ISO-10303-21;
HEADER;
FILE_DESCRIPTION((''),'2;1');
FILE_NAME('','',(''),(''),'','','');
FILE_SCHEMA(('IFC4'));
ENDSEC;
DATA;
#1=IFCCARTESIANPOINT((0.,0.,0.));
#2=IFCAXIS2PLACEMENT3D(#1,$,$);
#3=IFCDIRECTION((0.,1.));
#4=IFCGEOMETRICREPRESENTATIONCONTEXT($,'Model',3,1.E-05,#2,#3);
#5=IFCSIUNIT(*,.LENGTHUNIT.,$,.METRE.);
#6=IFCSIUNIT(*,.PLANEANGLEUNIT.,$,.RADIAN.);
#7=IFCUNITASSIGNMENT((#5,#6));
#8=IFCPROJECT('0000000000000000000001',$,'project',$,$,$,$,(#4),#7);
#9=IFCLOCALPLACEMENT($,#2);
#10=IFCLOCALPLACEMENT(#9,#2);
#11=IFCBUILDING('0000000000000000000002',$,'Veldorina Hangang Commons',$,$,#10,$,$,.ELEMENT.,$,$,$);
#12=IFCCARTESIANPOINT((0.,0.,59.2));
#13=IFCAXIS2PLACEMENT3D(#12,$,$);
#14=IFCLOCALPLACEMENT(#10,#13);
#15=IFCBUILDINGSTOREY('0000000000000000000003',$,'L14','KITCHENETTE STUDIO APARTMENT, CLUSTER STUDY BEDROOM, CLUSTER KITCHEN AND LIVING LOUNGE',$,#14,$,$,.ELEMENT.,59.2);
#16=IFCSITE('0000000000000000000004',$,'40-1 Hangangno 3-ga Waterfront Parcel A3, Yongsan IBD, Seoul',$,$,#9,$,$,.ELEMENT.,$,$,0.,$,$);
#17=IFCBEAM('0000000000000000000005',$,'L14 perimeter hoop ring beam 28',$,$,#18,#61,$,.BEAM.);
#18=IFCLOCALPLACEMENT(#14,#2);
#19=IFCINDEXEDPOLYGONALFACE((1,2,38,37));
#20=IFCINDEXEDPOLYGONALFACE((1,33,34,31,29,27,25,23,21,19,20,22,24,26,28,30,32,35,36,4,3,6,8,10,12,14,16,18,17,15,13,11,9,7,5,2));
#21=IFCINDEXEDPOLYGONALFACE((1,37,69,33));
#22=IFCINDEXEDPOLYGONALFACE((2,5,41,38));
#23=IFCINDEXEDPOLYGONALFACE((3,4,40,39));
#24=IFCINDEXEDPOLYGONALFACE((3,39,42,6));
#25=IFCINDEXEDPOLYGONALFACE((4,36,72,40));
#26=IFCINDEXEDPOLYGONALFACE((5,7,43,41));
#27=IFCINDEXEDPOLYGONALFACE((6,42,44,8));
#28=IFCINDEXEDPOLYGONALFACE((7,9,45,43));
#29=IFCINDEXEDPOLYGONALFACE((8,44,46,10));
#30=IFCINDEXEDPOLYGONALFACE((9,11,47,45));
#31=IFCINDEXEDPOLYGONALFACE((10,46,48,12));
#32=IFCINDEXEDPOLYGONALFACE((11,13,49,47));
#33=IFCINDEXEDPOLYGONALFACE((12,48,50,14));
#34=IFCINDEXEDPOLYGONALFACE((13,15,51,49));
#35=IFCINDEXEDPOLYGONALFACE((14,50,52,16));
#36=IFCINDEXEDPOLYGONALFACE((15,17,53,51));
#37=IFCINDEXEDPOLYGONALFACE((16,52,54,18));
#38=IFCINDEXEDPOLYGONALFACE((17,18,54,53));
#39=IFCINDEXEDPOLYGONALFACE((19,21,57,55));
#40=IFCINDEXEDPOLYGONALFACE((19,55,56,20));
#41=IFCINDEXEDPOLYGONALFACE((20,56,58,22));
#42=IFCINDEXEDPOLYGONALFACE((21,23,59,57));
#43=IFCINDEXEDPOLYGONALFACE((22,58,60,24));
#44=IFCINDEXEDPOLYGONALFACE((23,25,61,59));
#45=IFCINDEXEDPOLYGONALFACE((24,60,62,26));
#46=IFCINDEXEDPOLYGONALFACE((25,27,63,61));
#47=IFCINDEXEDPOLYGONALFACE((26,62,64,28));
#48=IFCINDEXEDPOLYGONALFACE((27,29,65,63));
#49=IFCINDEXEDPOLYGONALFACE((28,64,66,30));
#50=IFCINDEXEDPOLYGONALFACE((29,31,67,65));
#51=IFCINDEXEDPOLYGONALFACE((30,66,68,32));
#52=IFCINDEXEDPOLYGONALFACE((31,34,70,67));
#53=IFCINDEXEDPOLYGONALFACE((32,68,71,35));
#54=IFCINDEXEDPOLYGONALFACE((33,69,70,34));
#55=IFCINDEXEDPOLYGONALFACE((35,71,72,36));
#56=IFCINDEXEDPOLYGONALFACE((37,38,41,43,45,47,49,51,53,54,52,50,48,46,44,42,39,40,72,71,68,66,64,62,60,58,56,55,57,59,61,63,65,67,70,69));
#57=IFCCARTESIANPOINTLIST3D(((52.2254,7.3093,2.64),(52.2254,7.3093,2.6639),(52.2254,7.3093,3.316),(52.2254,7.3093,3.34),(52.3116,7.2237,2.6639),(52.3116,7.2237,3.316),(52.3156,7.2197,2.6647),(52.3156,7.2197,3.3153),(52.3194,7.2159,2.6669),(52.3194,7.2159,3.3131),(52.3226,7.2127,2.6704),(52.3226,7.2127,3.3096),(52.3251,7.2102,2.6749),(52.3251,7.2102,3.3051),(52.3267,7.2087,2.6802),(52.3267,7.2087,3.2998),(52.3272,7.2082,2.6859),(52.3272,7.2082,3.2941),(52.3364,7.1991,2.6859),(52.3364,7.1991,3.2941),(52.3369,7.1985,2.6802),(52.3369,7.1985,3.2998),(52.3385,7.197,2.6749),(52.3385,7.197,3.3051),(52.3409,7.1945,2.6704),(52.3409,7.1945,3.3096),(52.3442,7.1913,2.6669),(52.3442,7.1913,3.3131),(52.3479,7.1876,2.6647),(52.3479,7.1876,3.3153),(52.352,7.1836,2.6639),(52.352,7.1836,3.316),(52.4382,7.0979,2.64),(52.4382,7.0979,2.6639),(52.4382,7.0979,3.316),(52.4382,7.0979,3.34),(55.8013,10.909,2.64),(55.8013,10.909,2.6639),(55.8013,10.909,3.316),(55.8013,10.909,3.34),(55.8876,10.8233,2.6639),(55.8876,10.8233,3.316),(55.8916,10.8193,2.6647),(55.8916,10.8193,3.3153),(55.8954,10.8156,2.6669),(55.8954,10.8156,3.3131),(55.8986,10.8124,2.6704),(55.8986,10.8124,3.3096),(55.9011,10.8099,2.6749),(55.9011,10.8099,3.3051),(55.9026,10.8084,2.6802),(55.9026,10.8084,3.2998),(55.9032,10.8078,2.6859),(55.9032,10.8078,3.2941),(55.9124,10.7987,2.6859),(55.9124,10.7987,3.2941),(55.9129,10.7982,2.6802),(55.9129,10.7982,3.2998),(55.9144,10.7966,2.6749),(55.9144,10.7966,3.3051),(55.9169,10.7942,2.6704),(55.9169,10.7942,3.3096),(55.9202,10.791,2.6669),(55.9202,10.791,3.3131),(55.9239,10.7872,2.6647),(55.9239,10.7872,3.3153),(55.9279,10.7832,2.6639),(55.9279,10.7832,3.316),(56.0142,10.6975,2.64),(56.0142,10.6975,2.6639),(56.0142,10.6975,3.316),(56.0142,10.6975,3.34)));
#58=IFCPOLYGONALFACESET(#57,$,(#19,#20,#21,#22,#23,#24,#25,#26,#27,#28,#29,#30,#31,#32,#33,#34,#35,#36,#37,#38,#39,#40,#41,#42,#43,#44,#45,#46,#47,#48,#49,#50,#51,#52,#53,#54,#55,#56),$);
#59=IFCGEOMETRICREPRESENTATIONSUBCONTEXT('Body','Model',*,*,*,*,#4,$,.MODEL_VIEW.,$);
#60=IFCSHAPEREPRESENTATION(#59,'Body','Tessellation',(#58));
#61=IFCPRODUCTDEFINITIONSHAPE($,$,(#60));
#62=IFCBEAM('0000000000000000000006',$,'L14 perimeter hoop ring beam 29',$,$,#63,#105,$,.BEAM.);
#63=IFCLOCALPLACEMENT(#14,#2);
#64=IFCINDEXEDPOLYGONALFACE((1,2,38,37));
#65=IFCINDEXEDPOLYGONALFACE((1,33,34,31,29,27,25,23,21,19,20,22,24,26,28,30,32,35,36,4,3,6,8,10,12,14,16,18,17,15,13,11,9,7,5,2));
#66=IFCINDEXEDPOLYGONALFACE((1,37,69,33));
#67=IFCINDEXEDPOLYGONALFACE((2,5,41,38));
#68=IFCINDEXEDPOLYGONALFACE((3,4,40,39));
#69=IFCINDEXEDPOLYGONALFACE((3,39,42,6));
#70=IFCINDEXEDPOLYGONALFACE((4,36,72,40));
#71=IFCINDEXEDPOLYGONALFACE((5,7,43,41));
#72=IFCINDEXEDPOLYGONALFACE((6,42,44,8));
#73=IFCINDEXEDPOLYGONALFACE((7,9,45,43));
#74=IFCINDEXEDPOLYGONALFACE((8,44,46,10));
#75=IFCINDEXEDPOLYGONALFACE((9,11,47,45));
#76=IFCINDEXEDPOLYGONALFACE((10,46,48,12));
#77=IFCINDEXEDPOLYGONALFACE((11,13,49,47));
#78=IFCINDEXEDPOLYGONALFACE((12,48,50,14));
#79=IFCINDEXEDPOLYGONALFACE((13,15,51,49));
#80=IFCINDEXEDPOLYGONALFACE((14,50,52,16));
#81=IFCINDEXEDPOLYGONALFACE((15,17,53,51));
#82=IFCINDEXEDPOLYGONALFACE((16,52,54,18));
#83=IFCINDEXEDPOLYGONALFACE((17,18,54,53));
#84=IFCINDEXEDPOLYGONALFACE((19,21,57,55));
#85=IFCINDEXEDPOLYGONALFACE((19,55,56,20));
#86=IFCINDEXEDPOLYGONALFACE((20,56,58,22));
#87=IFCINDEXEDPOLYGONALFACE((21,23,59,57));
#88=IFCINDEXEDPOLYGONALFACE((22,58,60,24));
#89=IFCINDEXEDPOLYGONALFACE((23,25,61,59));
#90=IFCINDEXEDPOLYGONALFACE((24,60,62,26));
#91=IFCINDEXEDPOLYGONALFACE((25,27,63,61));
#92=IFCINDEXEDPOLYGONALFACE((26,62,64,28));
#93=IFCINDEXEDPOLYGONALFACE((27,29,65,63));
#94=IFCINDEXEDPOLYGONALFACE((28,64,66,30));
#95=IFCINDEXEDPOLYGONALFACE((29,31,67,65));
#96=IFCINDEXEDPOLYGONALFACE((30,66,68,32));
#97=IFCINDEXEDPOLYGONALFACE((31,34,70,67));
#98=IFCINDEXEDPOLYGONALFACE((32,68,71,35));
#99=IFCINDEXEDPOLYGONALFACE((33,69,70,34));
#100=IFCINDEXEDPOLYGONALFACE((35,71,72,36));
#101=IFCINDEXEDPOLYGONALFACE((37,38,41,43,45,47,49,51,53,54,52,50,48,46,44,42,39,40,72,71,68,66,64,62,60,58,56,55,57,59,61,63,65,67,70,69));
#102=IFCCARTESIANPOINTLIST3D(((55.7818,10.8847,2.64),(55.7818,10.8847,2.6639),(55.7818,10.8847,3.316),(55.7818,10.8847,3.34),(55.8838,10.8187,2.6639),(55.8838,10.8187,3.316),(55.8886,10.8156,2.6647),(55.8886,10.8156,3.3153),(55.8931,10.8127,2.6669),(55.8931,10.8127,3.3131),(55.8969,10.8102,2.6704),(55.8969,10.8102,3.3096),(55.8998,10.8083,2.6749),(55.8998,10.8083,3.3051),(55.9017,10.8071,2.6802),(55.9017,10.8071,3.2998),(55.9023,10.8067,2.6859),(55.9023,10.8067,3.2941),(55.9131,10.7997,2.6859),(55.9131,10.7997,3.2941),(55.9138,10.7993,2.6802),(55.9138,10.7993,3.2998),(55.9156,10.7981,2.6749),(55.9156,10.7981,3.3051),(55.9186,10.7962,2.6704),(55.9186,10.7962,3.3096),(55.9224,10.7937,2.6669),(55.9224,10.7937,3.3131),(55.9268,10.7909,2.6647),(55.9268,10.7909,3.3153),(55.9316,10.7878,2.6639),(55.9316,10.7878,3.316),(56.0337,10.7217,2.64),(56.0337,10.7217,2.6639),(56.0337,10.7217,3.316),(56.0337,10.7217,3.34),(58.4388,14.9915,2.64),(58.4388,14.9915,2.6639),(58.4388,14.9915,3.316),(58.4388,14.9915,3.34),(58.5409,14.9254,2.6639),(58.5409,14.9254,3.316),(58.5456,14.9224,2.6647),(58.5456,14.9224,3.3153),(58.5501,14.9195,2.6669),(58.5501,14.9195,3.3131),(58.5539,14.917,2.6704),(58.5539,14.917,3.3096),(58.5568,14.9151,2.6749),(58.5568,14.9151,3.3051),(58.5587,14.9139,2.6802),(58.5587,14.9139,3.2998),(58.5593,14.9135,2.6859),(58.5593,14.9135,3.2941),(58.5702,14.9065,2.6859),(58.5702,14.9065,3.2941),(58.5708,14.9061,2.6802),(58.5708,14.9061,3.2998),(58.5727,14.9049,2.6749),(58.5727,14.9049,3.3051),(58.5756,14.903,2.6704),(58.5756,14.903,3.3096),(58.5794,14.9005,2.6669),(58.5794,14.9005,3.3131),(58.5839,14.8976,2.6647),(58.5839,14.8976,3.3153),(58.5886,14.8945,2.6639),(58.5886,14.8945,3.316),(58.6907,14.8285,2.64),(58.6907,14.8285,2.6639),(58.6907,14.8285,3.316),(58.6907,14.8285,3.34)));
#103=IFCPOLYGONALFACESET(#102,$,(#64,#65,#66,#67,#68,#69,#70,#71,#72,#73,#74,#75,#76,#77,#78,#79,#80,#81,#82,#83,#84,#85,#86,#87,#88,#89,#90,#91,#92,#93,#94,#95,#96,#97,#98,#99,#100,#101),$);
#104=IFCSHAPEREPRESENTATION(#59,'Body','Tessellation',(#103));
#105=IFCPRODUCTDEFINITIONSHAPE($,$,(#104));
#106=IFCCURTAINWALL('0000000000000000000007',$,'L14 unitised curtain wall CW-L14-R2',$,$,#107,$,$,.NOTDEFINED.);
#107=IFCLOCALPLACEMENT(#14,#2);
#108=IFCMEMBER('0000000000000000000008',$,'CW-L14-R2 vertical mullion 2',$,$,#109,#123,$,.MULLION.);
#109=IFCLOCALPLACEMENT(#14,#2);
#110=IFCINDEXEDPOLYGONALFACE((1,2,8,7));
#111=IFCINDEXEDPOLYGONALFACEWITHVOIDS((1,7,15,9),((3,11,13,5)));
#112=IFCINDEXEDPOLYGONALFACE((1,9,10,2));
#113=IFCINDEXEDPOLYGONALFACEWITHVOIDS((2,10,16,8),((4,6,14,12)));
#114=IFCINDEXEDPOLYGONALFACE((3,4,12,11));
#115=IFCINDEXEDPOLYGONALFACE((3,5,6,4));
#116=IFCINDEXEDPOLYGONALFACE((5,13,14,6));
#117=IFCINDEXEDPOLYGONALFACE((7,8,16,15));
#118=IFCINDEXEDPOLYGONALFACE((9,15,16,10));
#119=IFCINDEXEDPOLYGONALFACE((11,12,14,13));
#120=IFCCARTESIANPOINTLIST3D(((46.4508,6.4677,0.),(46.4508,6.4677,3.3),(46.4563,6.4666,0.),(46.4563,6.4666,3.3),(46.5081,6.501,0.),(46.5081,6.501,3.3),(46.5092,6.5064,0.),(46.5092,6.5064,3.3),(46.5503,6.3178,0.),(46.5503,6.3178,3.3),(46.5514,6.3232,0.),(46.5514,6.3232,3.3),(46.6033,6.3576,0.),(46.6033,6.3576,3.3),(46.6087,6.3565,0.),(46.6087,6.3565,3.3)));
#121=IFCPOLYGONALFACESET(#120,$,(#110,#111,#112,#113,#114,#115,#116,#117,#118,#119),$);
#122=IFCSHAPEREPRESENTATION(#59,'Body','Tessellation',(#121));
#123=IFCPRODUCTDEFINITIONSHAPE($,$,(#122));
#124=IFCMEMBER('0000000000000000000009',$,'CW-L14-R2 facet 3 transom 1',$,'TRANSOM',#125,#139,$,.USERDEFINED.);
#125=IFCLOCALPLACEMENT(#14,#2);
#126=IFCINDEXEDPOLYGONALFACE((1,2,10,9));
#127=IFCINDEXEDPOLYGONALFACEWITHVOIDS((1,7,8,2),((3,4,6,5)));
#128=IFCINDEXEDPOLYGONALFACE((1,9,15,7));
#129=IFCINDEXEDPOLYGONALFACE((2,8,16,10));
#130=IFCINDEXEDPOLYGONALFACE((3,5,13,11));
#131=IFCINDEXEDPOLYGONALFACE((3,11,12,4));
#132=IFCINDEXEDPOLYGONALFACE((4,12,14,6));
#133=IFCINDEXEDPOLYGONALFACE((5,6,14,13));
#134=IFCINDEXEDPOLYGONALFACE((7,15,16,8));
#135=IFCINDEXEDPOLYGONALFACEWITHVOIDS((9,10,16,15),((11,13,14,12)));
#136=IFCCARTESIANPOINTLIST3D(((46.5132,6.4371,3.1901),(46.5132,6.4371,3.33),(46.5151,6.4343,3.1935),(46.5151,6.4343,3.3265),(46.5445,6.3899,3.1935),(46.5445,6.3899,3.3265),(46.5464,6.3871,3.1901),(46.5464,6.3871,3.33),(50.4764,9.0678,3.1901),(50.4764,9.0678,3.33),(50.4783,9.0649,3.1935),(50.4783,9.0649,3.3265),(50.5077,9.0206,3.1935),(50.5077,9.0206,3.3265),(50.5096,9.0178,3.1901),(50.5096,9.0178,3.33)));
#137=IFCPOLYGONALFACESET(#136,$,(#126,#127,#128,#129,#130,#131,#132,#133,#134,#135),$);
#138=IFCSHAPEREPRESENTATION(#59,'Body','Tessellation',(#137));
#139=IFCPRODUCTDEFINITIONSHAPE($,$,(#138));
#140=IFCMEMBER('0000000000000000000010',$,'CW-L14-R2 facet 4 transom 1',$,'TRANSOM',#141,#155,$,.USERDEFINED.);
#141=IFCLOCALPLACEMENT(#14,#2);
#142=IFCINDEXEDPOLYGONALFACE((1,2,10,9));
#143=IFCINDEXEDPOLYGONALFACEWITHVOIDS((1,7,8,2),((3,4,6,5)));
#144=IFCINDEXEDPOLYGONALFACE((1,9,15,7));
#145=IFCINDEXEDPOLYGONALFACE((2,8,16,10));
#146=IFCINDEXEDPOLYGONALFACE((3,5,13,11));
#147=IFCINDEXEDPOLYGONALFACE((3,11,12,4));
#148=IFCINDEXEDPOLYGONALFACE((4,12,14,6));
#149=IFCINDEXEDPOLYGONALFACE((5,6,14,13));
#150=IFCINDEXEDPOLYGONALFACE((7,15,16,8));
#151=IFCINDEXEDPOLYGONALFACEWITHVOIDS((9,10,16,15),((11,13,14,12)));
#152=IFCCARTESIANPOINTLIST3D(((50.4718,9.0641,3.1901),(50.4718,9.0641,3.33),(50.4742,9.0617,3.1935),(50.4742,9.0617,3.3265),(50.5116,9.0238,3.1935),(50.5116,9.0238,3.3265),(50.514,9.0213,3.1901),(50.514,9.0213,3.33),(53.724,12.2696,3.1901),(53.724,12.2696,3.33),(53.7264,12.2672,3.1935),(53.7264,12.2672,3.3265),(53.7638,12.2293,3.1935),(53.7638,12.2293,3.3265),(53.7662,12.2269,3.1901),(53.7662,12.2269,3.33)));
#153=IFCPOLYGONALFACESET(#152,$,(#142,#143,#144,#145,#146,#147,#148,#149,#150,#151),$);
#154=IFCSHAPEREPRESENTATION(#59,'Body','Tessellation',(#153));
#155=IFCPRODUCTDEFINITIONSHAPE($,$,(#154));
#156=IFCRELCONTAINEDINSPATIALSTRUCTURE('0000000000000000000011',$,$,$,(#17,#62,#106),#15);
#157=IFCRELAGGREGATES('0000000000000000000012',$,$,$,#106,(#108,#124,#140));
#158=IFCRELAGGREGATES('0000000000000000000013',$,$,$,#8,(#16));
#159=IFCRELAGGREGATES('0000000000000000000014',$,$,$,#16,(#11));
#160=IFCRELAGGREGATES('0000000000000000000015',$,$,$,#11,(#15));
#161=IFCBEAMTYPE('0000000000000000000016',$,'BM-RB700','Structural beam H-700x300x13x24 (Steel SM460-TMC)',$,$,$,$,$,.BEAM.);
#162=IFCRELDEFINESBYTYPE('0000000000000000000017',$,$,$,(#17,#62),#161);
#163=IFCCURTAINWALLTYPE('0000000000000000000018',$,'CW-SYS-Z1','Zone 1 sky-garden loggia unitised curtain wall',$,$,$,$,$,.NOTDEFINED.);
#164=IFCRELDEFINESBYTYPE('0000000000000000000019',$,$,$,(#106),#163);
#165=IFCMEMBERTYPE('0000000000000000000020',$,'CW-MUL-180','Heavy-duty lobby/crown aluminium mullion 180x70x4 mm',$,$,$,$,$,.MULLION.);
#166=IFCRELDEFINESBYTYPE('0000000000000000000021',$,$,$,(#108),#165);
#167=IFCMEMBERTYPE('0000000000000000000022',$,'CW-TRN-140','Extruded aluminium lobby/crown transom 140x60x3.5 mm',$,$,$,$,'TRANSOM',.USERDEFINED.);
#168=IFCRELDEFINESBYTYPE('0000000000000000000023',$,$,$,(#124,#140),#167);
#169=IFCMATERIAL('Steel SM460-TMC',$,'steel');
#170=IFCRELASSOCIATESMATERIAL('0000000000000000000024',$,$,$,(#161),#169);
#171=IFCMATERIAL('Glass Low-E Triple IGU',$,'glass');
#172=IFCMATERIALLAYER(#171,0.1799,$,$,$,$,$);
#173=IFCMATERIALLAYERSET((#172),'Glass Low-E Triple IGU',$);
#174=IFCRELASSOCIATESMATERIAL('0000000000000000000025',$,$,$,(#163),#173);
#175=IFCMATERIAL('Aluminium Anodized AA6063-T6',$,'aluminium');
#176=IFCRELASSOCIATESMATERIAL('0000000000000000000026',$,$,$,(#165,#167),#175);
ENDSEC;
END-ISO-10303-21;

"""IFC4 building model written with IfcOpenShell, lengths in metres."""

from ifc_helpers import new_model, si_unit, direction, frame, origin, origin_2d, place, context, subcontext, project, spatial, hollow_rectangle, i_section, extrude, material, layer, layer_set, material_profile, profile_set, type_object, element, aggregate, save


model = new_model("IFC4")

# Units and contexts
model_context = context("Model", 3, precision=1e-05, world=origin(), true_north=direction((0.0, 1.0)))
body_context = subcontext(model_context, "Body", "Model", "MODEL_VIEW")
ifc_project = project(units=[si_unit("LENGTHUNIT", "METRE"), si_unit("PLANEANGLEUNIT", "RADIAN")], contexts=[model_context])

# Site, building, storey
site_placement = place(None, origin())
site = spatial("IfcSite", under=ifc_project, at=site_placement, Name="40-1 Hangangno 3-ga Waterfront Parcel A3, Yongsan IBD, Seoul", CompositionType="ELEMENT", RefElevation=0.0)
building_placement = place(site_placement, origin())
building = spatial("IfcBuilding", under=site, at=building_placement, Name="Veldorina Hangang Commons", CompositionType="ELEMENT")
storey_placement = place(building_placement, frame((0.0, 0.0, 59.2)))
storey = spatial("IfcBuildingStorey", under=building, at=storey_placement, Name="L14", Description="KITCHENETTE STUDIO APARTMENT, CLUSTER STUDY BEDROOM, CLUSTER KITCHEN AND LIVING LOUNGE", CompositionType="ELEMENT", Elevation=59.2)

# Beams
ifc_material_1 = material(Name="Steel SM460-TMC", Category="steel")
ifc_material_profile_1 = material_profile(ifc_material_1, i_section(OverallWidth=0.3, OverallDepth=0.7, WebThickness=0.0129, FlangeThickness=0.0239, FilletRadius=0.022, at=origin_2d()), Name="H-700x300x13x24")
ifc_profile_set_1 = profile_set([ifc_material_profile_1], Name="Steel SM460-TMC")
beam_type_1 = type_object("IfcBeamType", Name="BM-RB700", Description="Structural beam H-700x300x13x24 (Steel SM460-TMC)", PredefinedType="BEAM", material=ifc_profile_set_1)
beam_1_placement = place(storey_placement, frame((52.3318, 7.2036, 2.99), z_axis=(0.704769, 0.709437, 0.0), x_axis=(-0.709437, 0.704769, 0.0)))
element("IfcBeam", 1, at=beam_1_placement, inside=storey, type_object=beam_type_1, Name="L14 perimeter hoop ring beam 28", PredefinedType="BEAM", context=body_context, shape_type="SweptSolid", body=[
    extrude(i_section(OverallWidth=0.3, OverallDepth=0.7, WebThickness=0.0129, FlangeThickness=0.0239, FilletRadius=0.022, at=origin_2d()), origin(), (0.0, 0.0, 1.0), 5.074),
])
beam_2_placement = place(storey_placement, frame((55.9077, 10.8032, 2.99), z_axis=(0.54321, 0.839597, 0.0), x_axis=(-0.839597, 0.54321, 0.0)))
element("IfcBeam", 2, at=beam_2_placement, inside=storey, type_object=beam_type_1, Name="L14 perimeter hoop ring beam 29", PredefinedType="BEAM", context=body_context, shape_type="SweptSolid", body=[
    extrude(i_section(OverallWidth=0.3, OverallDepth=0.7, WebThickness=0.0129, FlangeThickness=0.0239, FilletRadius=0.022, at=origin_2d()), origin(), (0.0, 0.0, 1.0), 4.8914),
])

# Curtain wall, members
ifc_material_2 = material(Name="Glass Low-E Triple IGU", Category="glass")
ifc_layer_1 = layer(ifc_material_2, 0.1799)
ifc_layer_set_1 = layer_set([ifc_layer_1], Name="Glass Low-E Triple IGU")
curtain_wall_type = type_object("IfcCurtainWallType", Name="CW-SYS-Z1", Description="Zone 1 sky-garden loggia unitised curtain wall", PredefinedType="NOTDEFINED", material=ifc_layer_set_1)
curtain_wall_placement = place(storey_placement, origin())
curtain_wall = element("IfcCurtainWall", 3, at=curtain_wall_placement, inside=storey, type_object=curtain_wall_type, Name="L14 unitised curtain wall CW-L14-R2", PredefinedType="NOTDEFINED")
ifc_material_3 = material(Name="Aluminium Anodized AA6063-T6", Category="aluminium")
ifc_material_profile_2 = material_profile(ifc_material_3, hollow_rectangle(XDim=0.0701, YDim=0.1799, WallThickness=0.0039, at=origin_2d()), Name="ALU-RHS-180x70x4")
ifc_profile_set_2 = profile_set([ifc_material_profile_2], Name="Aluminium Anodized AA6063-T6")
member_type_1 = type_object("IfcMemberType", Name="CW-MUL-180", Description="Heavy-duty lobby/crown aluminium mullion 180x70x4 mm", PredefinedType="MULLION", material=ifc_profile_set_2)
member_1_placement = place(storey_placement, frame((46.5298, 6.4121, 0.0), z_axis=(0.0, 0.0, 1.0), x_axis=(0.833163, 0.553028, 0.0)))
member_1 = element("IfcMember", 4, at=member_1_placement, type_object=member_type_1, Name="CW-L14-R2 vertical mullion 2", PredefinedType="MULLION", context=body_context, shape_type="SweptSolid", body=[
    extrude(hollow_rectangle(XDim=0.0701, YDim=0.1799, WallThickness=0.0039, at=origin_2d()), origin(), (0.0, 0.0, 1.0), 3.3),
])
ifc_material_profile_3 = material_profile(ifc_material_3, hollow_rectangle(XDim=0.0601, YDim=0.1399, WallThickness=0.0034, at=origin_2d()), Name="ALU-RHS-140x60x3.5")
ifc_profile_set_3 = profile_set([ifc_material_profile_3], Name="Aluminium Anodized AA6063-T6")
member_type_2 = type_object("IfcMemberType", Name="CW-TRN-140", Description="Extruded aluminium lobby/crown transom 140x60x3.5 mm", ElementType="TRANSOM", PredefinedType="USERDEFINED", material=ifc_profile_set_3)
member_2_placement = place(storey_placement, frame((46.5298, 6.4121, 3.26), z_axis=(0.833162, 0.553029, 0.0), x_axis=(-0.553029, 0.833162, 0.0)))
member_2 = element("IfcMember", 5, at=member_2_placement, type_object=member_type_2, Name="CW-L14-R2 facet 3 transom 1", ObjectType="TRANSOM", PredefinedType="USERDEFINED", context=body_context, shape_type="SweptSolid", body=[
    extrude(hollow_rectangle(XDim=0.0601, YDim=0.1399, WallThickness=0.0034, at=origin_2d()), origin(), (0.0, 0.0, 1.0), 4.7568),
])
member_3_placement = place(storey_placement, frame((50.4929, 9.0427, 3.26), z_axis=(0.712194, 0.701983, 0.0), x_axis=(-0.701983, 0.712194, 0.0)))
member_3 = element("IfcMember", 6, at=member_3_placement, type_object=member_type_2, Name="CW-L14-R2 facet 4 transom 1", ObjectType="TRANSOM", PredefinedType="USERDEFINED", context=body_context, shape_type="SweptSolid", body=[
    extrude(hollow_rectangle(XDim=0.0601, YDim=0.1399, WallThickness=0.0034, at=origin_2d()), origin(), (0.0, 0.0, 1.0), 4.5664),
])

aggregate(curtain_wall, [member_1, member_2, member_3])

save(model, "model.ifc")
